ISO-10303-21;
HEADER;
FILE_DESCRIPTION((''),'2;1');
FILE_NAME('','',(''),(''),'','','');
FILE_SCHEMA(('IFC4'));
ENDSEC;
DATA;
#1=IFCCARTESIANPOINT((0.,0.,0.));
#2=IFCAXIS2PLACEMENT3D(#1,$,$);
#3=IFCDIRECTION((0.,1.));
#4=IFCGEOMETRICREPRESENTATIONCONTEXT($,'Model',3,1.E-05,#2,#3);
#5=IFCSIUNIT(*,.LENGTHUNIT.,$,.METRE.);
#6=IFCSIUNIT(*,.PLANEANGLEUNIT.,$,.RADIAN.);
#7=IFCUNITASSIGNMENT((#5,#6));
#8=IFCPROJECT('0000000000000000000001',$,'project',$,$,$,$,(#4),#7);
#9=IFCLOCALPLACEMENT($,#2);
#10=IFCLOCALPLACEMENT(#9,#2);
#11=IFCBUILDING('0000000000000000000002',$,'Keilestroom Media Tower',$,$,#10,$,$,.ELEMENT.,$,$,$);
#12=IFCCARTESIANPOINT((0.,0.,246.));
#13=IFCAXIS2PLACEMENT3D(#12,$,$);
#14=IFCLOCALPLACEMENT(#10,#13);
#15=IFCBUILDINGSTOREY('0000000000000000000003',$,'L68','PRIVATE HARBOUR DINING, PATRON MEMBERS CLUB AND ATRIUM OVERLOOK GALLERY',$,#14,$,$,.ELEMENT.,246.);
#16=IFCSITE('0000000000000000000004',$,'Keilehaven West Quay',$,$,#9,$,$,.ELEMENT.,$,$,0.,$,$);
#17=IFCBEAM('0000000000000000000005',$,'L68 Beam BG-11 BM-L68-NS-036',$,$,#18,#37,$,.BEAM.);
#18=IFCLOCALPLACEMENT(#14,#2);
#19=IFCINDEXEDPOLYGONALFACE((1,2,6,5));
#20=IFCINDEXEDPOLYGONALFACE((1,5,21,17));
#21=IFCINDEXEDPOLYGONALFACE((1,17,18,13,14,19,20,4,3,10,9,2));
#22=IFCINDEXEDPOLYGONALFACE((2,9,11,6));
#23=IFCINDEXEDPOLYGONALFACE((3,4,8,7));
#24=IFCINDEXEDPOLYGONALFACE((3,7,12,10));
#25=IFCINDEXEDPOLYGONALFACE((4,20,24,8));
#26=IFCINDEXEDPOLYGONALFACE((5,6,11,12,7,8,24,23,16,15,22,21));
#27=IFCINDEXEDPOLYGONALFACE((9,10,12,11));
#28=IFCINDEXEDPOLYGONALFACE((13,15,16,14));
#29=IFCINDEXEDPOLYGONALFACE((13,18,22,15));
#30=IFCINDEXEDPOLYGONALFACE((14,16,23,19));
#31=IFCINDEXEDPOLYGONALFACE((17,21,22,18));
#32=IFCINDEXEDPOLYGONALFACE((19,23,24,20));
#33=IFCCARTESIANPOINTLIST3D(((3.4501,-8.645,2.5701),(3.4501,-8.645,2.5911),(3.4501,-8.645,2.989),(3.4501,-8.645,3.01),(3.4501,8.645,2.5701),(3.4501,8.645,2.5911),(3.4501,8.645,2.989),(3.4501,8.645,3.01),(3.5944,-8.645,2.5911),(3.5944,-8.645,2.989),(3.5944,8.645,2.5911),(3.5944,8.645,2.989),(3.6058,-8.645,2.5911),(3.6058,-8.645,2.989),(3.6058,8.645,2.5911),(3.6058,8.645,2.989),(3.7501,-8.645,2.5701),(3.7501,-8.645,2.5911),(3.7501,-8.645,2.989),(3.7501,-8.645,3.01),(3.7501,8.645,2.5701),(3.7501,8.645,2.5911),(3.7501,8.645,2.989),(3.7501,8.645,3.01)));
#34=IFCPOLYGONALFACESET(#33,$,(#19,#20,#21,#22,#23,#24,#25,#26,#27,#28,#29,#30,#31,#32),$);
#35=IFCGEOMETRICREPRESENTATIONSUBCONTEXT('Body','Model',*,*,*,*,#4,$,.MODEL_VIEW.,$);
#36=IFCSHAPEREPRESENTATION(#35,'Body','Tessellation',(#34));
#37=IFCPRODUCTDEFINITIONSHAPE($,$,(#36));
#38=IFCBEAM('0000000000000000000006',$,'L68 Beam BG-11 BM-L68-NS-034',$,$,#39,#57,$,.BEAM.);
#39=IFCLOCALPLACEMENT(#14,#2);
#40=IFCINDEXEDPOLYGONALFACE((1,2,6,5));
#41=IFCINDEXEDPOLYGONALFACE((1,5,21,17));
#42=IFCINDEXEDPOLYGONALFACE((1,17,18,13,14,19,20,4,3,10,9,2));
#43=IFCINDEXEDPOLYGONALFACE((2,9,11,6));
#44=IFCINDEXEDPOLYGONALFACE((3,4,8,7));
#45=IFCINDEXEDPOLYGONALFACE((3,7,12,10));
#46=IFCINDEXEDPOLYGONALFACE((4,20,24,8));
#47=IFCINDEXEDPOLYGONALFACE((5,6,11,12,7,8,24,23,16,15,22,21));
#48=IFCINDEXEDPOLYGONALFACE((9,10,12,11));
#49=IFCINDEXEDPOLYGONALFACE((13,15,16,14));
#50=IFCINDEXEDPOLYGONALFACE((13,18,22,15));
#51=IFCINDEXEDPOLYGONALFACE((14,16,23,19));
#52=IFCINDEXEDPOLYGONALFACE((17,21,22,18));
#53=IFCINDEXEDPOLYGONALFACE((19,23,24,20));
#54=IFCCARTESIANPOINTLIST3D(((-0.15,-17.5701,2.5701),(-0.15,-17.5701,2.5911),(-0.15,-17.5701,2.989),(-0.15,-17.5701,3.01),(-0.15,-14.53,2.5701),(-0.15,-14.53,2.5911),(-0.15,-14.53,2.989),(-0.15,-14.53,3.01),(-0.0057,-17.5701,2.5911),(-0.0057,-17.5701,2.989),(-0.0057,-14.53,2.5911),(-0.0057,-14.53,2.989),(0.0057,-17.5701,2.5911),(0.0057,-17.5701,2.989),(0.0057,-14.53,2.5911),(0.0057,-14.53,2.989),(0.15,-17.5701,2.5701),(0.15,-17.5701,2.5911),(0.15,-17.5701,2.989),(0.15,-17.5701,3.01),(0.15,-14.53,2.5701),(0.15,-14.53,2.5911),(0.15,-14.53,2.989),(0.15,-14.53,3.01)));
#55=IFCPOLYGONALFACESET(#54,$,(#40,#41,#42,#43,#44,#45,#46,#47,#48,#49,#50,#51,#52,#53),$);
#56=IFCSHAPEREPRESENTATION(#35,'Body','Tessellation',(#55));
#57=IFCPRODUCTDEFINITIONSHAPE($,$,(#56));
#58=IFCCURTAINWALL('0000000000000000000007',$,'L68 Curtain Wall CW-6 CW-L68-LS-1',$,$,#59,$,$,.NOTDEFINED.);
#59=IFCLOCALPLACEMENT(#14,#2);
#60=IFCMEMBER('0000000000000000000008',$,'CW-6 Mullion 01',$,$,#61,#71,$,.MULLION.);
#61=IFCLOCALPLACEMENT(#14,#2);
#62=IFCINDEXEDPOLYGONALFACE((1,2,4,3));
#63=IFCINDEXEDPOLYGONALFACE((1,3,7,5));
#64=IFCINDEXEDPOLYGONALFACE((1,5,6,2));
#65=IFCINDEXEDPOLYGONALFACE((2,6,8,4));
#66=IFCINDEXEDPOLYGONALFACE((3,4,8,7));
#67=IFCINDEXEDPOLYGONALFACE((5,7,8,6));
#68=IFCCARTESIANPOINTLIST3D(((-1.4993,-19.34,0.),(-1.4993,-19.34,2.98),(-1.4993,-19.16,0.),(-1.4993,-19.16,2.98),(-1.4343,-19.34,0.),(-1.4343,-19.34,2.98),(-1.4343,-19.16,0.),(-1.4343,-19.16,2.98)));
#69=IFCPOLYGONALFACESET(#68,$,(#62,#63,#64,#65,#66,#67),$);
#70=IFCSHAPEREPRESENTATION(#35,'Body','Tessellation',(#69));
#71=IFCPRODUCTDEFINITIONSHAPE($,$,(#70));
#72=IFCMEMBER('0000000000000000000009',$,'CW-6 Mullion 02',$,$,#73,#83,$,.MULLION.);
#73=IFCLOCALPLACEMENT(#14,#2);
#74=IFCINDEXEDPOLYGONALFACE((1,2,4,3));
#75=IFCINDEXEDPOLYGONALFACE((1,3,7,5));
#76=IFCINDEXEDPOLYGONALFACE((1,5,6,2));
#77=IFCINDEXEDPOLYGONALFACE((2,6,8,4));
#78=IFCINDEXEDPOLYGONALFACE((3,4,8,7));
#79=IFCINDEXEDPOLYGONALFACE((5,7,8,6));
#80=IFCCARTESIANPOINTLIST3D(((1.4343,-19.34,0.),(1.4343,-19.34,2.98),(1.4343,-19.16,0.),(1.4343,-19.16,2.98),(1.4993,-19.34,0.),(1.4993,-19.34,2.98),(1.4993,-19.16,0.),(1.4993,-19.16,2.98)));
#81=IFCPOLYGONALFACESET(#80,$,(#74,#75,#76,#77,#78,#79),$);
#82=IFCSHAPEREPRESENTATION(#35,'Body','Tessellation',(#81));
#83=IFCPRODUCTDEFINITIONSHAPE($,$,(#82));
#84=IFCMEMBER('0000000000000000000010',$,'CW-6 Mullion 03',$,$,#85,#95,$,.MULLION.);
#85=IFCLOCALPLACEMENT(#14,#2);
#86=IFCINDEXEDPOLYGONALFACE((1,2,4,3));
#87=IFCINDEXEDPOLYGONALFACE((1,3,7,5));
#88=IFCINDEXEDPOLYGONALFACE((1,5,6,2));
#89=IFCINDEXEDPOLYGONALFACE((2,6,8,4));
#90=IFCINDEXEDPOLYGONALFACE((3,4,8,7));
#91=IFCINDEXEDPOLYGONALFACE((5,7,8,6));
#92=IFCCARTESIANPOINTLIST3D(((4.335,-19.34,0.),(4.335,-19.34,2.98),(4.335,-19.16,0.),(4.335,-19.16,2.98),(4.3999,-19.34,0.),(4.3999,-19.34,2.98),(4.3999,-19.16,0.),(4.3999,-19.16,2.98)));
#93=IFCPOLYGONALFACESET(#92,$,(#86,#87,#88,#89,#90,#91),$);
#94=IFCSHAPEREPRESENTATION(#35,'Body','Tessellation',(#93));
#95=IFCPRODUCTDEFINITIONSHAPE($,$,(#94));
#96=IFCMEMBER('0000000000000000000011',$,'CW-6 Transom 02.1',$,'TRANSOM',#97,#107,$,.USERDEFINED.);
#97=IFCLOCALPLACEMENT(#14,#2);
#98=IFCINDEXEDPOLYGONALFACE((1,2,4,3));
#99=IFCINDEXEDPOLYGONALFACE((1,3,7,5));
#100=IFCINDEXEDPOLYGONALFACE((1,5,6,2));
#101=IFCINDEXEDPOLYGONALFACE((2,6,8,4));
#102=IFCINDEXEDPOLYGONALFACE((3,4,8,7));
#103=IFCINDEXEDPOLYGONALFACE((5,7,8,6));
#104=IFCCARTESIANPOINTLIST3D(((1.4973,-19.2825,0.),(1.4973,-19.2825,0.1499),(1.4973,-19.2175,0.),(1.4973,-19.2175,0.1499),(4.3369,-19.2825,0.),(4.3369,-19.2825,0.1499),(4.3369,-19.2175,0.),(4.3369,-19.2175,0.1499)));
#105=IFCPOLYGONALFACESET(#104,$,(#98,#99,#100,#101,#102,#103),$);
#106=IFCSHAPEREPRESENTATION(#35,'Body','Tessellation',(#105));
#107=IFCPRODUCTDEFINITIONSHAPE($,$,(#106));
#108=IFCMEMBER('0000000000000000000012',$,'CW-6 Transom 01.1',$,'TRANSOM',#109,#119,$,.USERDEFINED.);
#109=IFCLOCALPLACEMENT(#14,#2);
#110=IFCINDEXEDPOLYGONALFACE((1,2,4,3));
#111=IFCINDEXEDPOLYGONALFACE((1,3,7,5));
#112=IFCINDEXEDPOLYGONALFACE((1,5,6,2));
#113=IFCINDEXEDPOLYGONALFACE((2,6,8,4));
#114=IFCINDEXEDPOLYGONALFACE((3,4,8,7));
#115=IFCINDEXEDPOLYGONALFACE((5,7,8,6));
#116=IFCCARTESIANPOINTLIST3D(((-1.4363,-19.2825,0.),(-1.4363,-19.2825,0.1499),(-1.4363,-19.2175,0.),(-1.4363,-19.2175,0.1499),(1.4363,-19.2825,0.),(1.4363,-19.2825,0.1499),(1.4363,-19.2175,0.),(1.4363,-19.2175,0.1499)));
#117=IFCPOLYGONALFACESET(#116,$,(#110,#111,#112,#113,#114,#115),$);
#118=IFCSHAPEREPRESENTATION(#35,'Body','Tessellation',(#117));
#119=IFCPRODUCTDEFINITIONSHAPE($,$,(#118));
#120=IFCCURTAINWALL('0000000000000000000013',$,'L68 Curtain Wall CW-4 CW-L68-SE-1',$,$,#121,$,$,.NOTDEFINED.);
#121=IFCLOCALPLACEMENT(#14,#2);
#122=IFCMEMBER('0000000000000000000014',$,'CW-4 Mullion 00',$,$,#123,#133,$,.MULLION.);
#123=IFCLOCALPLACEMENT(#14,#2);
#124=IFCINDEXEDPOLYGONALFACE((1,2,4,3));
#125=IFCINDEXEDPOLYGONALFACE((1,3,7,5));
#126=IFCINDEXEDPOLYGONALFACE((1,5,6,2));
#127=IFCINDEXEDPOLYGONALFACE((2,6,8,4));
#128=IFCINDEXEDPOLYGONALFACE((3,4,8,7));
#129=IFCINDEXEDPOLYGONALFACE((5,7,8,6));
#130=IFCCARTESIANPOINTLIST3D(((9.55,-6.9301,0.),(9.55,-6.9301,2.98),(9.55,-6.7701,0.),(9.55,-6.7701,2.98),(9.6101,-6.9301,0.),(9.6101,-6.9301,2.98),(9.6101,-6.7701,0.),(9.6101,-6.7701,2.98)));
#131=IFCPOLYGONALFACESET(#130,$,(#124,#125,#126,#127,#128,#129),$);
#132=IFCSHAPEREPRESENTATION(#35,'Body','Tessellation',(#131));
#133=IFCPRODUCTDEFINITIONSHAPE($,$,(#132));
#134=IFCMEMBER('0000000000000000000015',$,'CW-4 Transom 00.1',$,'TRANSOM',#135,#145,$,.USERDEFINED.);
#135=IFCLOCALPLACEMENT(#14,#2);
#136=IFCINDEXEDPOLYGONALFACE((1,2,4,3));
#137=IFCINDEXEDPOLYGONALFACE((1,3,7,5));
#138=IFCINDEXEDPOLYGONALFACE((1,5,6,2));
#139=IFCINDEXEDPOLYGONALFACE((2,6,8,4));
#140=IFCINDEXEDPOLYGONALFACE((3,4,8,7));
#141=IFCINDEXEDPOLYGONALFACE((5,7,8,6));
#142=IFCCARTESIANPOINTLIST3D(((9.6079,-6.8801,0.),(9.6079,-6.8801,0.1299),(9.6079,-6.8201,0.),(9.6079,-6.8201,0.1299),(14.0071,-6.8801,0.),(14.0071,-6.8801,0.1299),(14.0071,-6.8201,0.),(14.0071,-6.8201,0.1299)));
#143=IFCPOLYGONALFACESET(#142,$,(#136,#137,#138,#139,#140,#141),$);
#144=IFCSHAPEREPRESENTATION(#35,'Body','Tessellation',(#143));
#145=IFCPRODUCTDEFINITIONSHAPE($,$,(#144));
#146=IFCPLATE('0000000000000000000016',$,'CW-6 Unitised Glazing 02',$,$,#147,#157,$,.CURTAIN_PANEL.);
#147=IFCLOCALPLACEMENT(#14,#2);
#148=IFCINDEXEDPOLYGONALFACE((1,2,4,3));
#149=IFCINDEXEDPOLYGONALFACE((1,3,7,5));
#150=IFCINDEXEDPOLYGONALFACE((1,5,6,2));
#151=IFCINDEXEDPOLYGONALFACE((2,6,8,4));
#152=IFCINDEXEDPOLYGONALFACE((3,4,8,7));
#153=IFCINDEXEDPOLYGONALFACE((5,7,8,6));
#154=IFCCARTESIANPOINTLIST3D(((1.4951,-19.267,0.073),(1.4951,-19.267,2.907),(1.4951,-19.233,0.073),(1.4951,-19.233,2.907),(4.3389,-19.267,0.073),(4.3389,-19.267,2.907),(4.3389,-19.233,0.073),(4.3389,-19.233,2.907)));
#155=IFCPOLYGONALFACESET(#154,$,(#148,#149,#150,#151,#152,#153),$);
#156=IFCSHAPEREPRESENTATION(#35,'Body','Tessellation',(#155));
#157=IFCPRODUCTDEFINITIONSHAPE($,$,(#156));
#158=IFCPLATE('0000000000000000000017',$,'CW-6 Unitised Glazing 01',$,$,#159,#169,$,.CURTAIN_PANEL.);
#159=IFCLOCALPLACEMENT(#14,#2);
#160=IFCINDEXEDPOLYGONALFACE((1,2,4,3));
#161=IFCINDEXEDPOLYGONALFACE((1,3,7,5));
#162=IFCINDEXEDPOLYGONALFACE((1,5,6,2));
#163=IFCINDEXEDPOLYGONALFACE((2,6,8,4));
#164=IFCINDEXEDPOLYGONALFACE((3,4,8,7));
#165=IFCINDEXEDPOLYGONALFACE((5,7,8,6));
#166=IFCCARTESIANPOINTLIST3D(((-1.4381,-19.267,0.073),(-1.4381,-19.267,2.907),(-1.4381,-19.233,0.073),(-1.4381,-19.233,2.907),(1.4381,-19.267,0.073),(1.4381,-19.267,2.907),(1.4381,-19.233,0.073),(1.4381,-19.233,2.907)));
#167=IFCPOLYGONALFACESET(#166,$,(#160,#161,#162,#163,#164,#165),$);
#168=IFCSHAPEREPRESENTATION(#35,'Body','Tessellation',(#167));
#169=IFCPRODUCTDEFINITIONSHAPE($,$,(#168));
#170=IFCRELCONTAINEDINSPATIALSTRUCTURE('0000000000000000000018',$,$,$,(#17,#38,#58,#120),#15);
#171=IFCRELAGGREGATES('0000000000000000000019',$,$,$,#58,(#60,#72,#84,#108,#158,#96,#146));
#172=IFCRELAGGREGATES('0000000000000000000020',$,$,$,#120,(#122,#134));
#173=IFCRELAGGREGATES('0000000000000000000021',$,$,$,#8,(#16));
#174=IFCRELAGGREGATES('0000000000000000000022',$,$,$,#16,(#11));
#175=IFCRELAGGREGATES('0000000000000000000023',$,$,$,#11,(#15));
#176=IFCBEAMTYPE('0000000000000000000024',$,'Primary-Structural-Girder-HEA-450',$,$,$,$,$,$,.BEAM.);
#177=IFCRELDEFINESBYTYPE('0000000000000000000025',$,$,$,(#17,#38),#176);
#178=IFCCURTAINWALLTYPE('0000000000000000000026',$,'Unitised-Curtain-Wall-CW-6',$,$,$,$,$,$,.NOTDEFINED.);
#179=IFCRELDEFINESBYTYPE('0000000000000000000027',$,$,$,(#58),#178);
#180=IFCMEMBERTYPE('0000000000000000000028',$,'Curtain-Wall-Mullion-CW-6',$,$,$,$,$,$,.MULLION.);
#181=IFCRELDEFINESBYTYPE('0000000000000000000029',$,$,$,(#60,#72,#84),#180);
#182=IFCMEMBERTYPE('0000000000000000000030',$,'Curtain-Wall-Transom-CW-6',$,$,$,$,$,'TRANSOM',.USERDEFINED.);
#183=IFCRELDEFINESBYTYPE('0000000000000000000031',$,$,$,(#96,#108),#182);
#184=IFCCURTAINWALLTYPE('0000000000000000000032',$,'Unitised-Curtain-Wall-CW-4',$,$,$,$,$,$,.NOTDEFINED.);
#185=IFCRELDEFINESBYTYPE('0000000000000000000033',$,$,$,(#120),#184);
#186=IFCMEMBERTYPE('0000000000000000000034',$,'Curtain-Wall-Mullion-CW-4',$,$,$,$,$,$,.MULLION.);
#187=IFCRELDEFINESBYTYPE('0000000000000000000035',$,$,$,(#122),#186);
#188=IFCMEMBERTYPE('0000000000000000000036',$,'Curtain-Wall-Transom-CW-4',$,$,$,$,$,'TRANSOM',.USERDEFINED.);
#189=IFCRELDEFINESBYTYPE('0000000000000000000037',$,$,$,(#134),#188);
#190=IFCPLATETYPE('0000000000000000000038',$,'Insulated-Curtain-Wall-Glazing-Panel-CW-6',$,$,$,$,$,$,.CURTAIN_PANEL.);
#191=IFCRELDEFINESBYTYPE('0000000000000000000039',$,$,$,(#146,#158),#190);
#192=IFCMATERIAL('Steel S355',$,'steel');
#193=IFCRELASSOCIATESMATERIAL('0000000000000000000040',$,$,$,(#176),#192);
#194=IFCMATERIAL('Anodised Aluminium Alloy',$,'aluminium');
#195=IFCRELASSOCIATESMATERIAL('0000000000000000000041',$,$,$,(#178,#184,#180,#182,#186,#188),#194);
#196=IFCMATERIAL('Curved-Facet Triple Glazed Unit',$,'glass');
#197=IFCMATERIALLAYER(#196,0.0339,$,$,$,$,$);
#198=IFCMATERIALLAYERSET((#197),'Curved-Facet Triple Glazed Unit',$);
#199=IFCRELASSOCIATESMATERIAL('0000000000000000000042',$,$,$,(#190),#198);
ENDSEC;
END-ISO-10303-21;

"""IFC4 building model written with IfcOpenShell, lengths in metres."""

from ifc_helpers import new_model, si_unit, direction, frame, origin, origin_2d, place, context, subcontext, project, spatial, rectangle, i_section, extrude, source, transform, mapped, material, layer, layer_set, material_profile, profile_set, type_object, element, aggregate, save


model = new_model("IFC4")

# Units and contexts
model_context = context("Model", 3, precision=1e-05, world=origin(), true_north=direction((0.0, 1.0)))
body_context = subcontext(model_context, "Body", "Model", "MODEL_VIEW")
ifc_project = project(units=[si_unit("LENGTHUNIT", "METRE"), si_unit("PLANEANGLEUNIT", "RADIAN")], contexts=[model_context])

# Site, building, storey
site_placement = place(None, origin())
site = spatial("IfcSite", under=ifc_project, at=site_placement, Name="Keilehaven West Quay", CompositionType="ELEMENT", RefElevation=0.0)
building_placement = place(site_placement, origin())
building = spatial("IfcBuilding", under=site, at=building_placement, Name="Keilestroom Media Tower", CompositionType="ELEMENT")
storey_placement = place(building_placement, frame((0.0, 0.0, 246.0)))
storey = spatial("IfcBuildingStorey", under=building, at=storey_placement, Name="L68", Description="PRIVATE HARBOUR DINING, PATRON MEMBERS CLUB AND ATRIUM OVERLOOK GALLERY", CompositionType="ELEMENT", Elevation=246.0)

# Shared definitions
ifc_material_1 = material(Name="Steel S355", Category="steel")

# Beams
ifc_material_profile_1 = material_profile(ifc_material_1, i_section(OverallWidth=0.3, OverallDepth=0.4399, WebThickness=0.0115, FlangeThickness=0.021, at=origin_2d()), Name="HEA 450")
ifc_profile_set_1 = profile_set([ifc_material_profile_1], Name="Steel S355")
beam_type_1 = type_object("IfcBeamType", Name="Primary-Structural-Girder-HEA-450", PredefinedType="BEAM", material=ifc_profile_set_1)
shared_shape_1 = source(origin(), body_context, "Body", "SweptSolid", [
    extrude(i_section(OverallWidth=0.3, OverallDepth=0.4399, WebThickness=0.0115, FlangeThickness=0.021, at=origin_2d()), origin(), (0.0, 0.0, 1.0), 17.29),
])
beam_1_placement = place(storey_placement, frame((3.6001, -8.645, 2.79), z_axis=(0.0, 1.0, 0.0), x_axis=(-1.0, 0.0, 0.0)))
element("IfcBeam", 1, at=beam_1_placement, inside=storey, type_object=beam_type_1, Name="L68 Beam BG-11 BM-L68-NS-036", PredefinedType="BEAM", context=body_context, shape_type="MappedRepresentation", body=[
    mapped(shared_shape_1, transform((0.0, 0.0, 0.0), x_axis=(1.0, 0.0, 0.0), y_axis=(0.0, 1.0, 0.0), z_axis=(0.0, 0.0, 1.0), scale=1.0)),
])
shared_shape_2 = source(origin(), body_context, "Body", "SweptSolid", [
    extrude(i_section(OverallWidth=0.3, OverallDepth=0.4399, WebThickness=0.0115, FlangeThickness=0.021, at=origin_2d()), origin(), (0.0, 0.0, 1.0), 3.04),
])
beam_2_placement = place(storey_placement, frame((0.0, -17.5701, 2.79), z_axis=(0.0, 1.0, 0.0), x_axis=(-1.0, 0.0, 0.0)))
element("IfcBeam", 2, at=beam_2_placement, inside=storey, type_object=beam_type_1, Name="L68 Beam BG-11 BM-L68-NS-034", PredefinedType="BEAM", context=body_context, shape_type="MappedRepresentation", body=[
    mapped(shared_shape_2, transform((0.0, 0.0, 0.0), x_axis=(1.0, 0.0, 0.0), y_axis=(0.0, 1.0, 0.0), z_axis=(0.0, 0.0, 1.0), scale=1.0)),
])

# Curtain walls, members
ifc_material_2 = material(Name="Anodised Aluminium Alloy", Category="aluminium")
curtain_wall_type_1 = type_object("IfcCurtainWallType", Name="Unitised-Curtain-Wall-CW-6", PredefinedType="NOTDEFINED", material=ifc_material_2)
curtain_wall_1_placement = place(storey_placement, origin())
curtain_wall_1 = element("IfcCurtainWall", 3, at=curtain_wall_1_placement, inside=storey, type_object=curtain_wall_type_1, Name="L68 Curtain Wall CW-6 CW-L68-LS-1", PredefinedType="NOTDEFINED")
ifc_material_profile_2 = material_profile(ifc_material_2, rectangle(XDim=0.0649, YDim=0.1799, at=origin_2d()), Name="ALU MULLION 65x180")
ifc_profile_set_2 = profile_set([ifc_material_profile_2], Name="Anodised Aluminium Alloy")
member_type_1 = type_object("IfcMemberType", Name="Curtain-Wall-Mullion-CW-6", PredefinedType="MULLION", material=ifc_profile_set_2)
shared_shape_3 = source(origin(), body_context, "Body", "SweptSolid", [
    extrude(rectangle(XDim=0.0649, YDim=0.1799, at=origin_2d()), origin(), (0.0, 0.0, 1.0), 2.98),
])
member_1_placement = place(storey_placement, frame((-1.4668, -19.25, 0.0), z_axis=(0.0, 0.0, 1.0), x_axis=(1.0, 0.0, 0.0)))
member_1 = element("IfcMember", 4, at=member_1_placement, type_object=member_type_1, Name="CW-6 Mullion 01", PredefinedType="MULLION", context=body_context, shape_type="MappedRepresentation", body=[
    mapped(shared_shape_3, transform((0.0, 0.0, 0.0), x_axis=(1.0, 0.0, 0.0), y_axis=(0.0, 1.0, 0.0), z_axis=(0.0, 0.0, 1.0), scale=1.0)),
])
member_2_placement = place(storey_placement, frame((1.4668, -19.25, 0.0), z_axis=(0.0, 0.0, 1.0), x_axis=(1.0, 0.0, 0.0)))
member_2 = element("IfcMember", 5, at=member_2_placement, type_object=member_type_1, Name="CW-6 Mullion 02", PredefinedType="MULLION", context=body_context, shape_type="MappedRepresentation", body=[
    mapped(shared_shape_3, transform((0.0, 0.0, 0.0), x_axis=(1.0, 0.0, 0.0), y_axis=(0.0, 1.0, 0.0), z_axis=(0.0, 0.0, 1.0), scale=1.0)),
])
member_3_placement = place(storey_placement, frame((4.3674, -19.25, 0.0), z_axis=(0.0, 0.0, 1.0), x_axis=(1.0, 0.0, 0.0)))
member_3 = element("IfcMember", 6, at=member_3_placement, type_object=member_type_1, Name="CW-6 Mullion 03", PredefinedType="MULLION", context=body_context, shape_type="MappedRepresentation", body=[
    mapped(shared_shape_3, transform((0.0, 0.0, 0.0), x_axis=(1.0, 0.0, 0.0), y_axis=(0.0, 1.0, 0.0), z_axis=(0.0, 0.0, 1.0), scale=1.0)),
])
ifc_material_profile_3 = material_profile(ifc_material_2, rectangle(XDim=0.0649, YDim=0.1499, at=origin_2d()), Name="ALU TRANSOM 65x150")
ifc_profile_set_3 = profile_set([ifc_material_profile_3], Name="Anodised Aluminium Alloy")
member_type_2 = type_object("IfcMemberType", Name="Curtain-Wall-Transom-CW-6", ElementType="TRANSOM", PredefinedType="USERDEFINED", material=ifc_profile_set_3)
shared_shape_4 = source(origin(), body_context, "Body", "SweptSolid", [
    extrude(rectangle(XDim=0.0649, YDim=0.1499, at=origin_2d()), origin(), (0.0, 0.0, 1.0), 2.8396),
])
member_4_placement = place(storey_placement, frame((1.4973, -19.25, 0.075), z_axis=(1.0, 0.0, 0.0), x_axis=(0.0, 1.0, 0.0)))
member_4 = element("IfcMember", 7, at=member_4_placement, type_object=member_type_2, Name="CW-6 Transom 02.1", ObjectType="TRANSOM", PredefinedType="USERDEFINED", context=body_context, shape_type="MappedRepresentation", body=[
    mapped(shared_shape_4, transform((0.0, 0.0, 0.0), x_axis=(1.0, 0.0, 0.0), y_axis=(0.0, 1.0, 0.0), z_axis=(0.0, 0.0, 1.0), scale=1.0)),
])
shared_shape_5 = source(origin(), body_context, "Body", "SweptSolid", [
    extrude(rectangle(XDim=0.0649, YDim=0.1499, at=origin_2d()), origin(), (0.0, 0.0, 1.0), 2.8726),
])
member_5_placement = place(storey_placement, frame((-1.4363, -19.25, 0.075), z_axis=(1.0, 0.0, 0.0), x_axis=(0.0, 1.0, 0.0)))
member_5 = element("IfcMember", 8, at=member_5_placement, type_object=member_type_2, Name="CW-6 Transom 01.1", ObjectType="TRANSOM", PredefinedType="USERDEFINED", context=body_context, shape_type="MappedRepresentation", body=[
    mapped(shared_shape_5, transform((0.0, 0.0, 0.0), x_axis=(1.0, 0.0, 0.0), y_axis=(0.0, 1.0, 0.0), z_axis=(0.0, 0.0, 1.0), scale=1.0)),
])
curtain_wall_type_2 = type_object("IfcCurtainWallType", Name="Unitised-Curtain-Wall-CW-4", PredefinedType="NOTDEFINED", material=ifc_material_2)
curtain_wall_2_placement = place(storey_placement, origin())
curtain_wall_2 = element("IfcCurtainWall", 9, at=curtain_wall_2_placement, inside=storey, type_object=curtain_wall_type_2, Name="L68 Curtain Wall CW-4 CW-L68-SE-1", PredefinedType="NOTDEFINED")
ifc_material_profile_4 = material_profile(ifc_material_2, rectangle(XDim=0.0601, YDim=0.1599, at=origin_2d()), Name="ALU MULLION 60x160")
ifc_profile_set_4 = profile_set([ifc_material_profile_4], Name="Anodised Aluminium Alloy")
member_type_3 = type_object("IfcMemberType", Name="Curtain-Wall-Mullion-CW-4", PredefinedType="MULLION", material=ifc_profile_set_4)
shared_shape_6 = source(origin(), body_context, "Body", "SweptSolid", [
    extrude(rectangle(XDim=0.0601, YDim=0.1599, at=origin_2d()), origin(), (0.0, 0.0, 1.0), 2.98),
])
member_6_placement = place(storey_placement, frame((9.5801, -6.8501, 0.0), z_axis=(0.0, 0.0, 1.0), x_axis=(1.0, 0.0, 0.0)))
member_6 = element("IfcMember", 10, at=member_6_placement, type_object=member_type_3, Name="CW-4 Mullion 00", PredefinedType="MULLION", context=body_context, shape_type="MappedRepresentation", body=[
    mapped(shared_shape_6, transform((0.0, 0.0, 0.0), x_axis=(1.0, 0.0, 0.0), y_axis=(0.0, 1.0, 0.0), z_axis=(0.0, 0.0, 1.0), scale=1.0)),
])
ifc_material_profile_5 = material_profile(ifc_material_2, rectangle(XDim=0.0601, YDim=0.1299, at=origin_2d()), Name="ALU TRANSOM 60x130")
ifc_profile_set_5 = profile_set([ifc_material_profile_5], Name="Anodised Aluminium Alloy")
member_type_4 = type_object("IfcMemberType", Name="Curtain-Wall-Transom-CW-4", ElementType="TRANSOM", PredefinedType="USERDEFINED", material=ifc_profile_set_5)
shared_shape_7 = source(origin(), body_context, "Body", "SweptSolid", [
    extrude(rectangle(XDim=0.0601, YDim=0.1299, at=origin_2d()), origin(), (0.0, 0.0, 1.0), 4.3992),
])
member_7_placement = place(storey_placement, frame((9.6079, -6.8501, 0.0649), z_axis=(1.0, 0.0, 0.0), x_axis=(0.0, 1.0, 0.0)))
member_7 = element("IfcMember", 11, at=member_7_placement, type_object=member_type_4, Name="CW-4 Transom 00.1", ObjectType="TRANSOM", PredefinedType="USERDEFINED", context=body_context, shape_type="MappedRepresentation", body=[
    mapped(shared_shape_7, transform((0.0, 0.0, 0.0), x_axis=(1.0, 0.0, 0.0), y_axis=(0.0, 1.0, 0.0), z_axis=(0.0, 0.0, 1.0), scale=1.0)),
])

# Plates
ifc_material_3 = material(Name="Curved-Facet Triple Glazed Unit", Category="glass")
ifc_layer_1 = layer(ifc_material_3, 0.0339)
ifc_layer_set_1 = layer_set([ifc_layer_1], Name="Curved-Facet Triple Glazed Unit")
plate_type_1 = type_object("IfcPlateType", Name="Insulated-Curtain-Wall-Glazing-Panel-CW-6", PredefinedType="CURTAIN_PANEL", material=ifc_layer_set_1)
shared_shape_8 = source(origin(), body_context, "Body", "SweptSolid", [
    extrude(rectangle(XDim=2.8438, YDim=0.0339, at=origin_2d()), origin(), (0.0, 0.0, 1.0), 2.834),
])
plate_1_placement = place(storey_placement, frame((2.917, -19.25, 0.073), z_axis=(0.0, 0.0, 1.0), x_axis=(1.0, 0.0, 0.0)))
plate_1 = element("IfcPlate", 12, at=plate_1_placement, type_object=plate_type_1, Name="CW-6 Unitised Glazing 02", PredefinedType="CURTAIN_PANEL", context=body_context, shape_type="MappedRepresentation", body=[
    mapped(shared_shape_8, transform((0.0, 0.0, 0.0), x_axis=(1.0, 0.0, 0.0), y_axis=(0.0, 1.0, 0.0), z_axis=(0.0, 0.0, 1.0), scale=1.0)),
])
shared_shape_9 = source(origin(), body_context, "Body", "SweptSolid", [
    extrude(rectangle(XDim=2.8762, YDim=0.0339, at=origin_2d()), origin(), (0.0, 0.0, 1.0), 2.834),
])
plate_2_placement = place(storey_placement, frame((0.0, -19.25, 0.073), z_axis=(0.0, 0.0, 1.0), x_axis=(1.0, 0.0, 0.0)))
plate_2 = element("IfcPlate", 13, at=plate_2_placement, type_object=plate_type_1, Name="CW-6 Unitised Glazing 01", PredefinedType="CURTAIN_PANEL", context=body_context, shape_type="MappedRepresentation", body=[
    mapped(shared_shape_9, transform((0.0, 0.0, 0.0), x_axis=(1.0, 0.0, 0.0), y_axis=(0.0, 1.0, 0.0), z_axis=(0.0, 0.0, 1.0), scale=1.0)),
])
aggregate(curtain_wall_1, [member_1, member_2, member_3, member_5, plate_2, member_4, plate_1])
aggregate(curtain_wall_2, [member_6, member_7])

save(model, "model.ifc")
